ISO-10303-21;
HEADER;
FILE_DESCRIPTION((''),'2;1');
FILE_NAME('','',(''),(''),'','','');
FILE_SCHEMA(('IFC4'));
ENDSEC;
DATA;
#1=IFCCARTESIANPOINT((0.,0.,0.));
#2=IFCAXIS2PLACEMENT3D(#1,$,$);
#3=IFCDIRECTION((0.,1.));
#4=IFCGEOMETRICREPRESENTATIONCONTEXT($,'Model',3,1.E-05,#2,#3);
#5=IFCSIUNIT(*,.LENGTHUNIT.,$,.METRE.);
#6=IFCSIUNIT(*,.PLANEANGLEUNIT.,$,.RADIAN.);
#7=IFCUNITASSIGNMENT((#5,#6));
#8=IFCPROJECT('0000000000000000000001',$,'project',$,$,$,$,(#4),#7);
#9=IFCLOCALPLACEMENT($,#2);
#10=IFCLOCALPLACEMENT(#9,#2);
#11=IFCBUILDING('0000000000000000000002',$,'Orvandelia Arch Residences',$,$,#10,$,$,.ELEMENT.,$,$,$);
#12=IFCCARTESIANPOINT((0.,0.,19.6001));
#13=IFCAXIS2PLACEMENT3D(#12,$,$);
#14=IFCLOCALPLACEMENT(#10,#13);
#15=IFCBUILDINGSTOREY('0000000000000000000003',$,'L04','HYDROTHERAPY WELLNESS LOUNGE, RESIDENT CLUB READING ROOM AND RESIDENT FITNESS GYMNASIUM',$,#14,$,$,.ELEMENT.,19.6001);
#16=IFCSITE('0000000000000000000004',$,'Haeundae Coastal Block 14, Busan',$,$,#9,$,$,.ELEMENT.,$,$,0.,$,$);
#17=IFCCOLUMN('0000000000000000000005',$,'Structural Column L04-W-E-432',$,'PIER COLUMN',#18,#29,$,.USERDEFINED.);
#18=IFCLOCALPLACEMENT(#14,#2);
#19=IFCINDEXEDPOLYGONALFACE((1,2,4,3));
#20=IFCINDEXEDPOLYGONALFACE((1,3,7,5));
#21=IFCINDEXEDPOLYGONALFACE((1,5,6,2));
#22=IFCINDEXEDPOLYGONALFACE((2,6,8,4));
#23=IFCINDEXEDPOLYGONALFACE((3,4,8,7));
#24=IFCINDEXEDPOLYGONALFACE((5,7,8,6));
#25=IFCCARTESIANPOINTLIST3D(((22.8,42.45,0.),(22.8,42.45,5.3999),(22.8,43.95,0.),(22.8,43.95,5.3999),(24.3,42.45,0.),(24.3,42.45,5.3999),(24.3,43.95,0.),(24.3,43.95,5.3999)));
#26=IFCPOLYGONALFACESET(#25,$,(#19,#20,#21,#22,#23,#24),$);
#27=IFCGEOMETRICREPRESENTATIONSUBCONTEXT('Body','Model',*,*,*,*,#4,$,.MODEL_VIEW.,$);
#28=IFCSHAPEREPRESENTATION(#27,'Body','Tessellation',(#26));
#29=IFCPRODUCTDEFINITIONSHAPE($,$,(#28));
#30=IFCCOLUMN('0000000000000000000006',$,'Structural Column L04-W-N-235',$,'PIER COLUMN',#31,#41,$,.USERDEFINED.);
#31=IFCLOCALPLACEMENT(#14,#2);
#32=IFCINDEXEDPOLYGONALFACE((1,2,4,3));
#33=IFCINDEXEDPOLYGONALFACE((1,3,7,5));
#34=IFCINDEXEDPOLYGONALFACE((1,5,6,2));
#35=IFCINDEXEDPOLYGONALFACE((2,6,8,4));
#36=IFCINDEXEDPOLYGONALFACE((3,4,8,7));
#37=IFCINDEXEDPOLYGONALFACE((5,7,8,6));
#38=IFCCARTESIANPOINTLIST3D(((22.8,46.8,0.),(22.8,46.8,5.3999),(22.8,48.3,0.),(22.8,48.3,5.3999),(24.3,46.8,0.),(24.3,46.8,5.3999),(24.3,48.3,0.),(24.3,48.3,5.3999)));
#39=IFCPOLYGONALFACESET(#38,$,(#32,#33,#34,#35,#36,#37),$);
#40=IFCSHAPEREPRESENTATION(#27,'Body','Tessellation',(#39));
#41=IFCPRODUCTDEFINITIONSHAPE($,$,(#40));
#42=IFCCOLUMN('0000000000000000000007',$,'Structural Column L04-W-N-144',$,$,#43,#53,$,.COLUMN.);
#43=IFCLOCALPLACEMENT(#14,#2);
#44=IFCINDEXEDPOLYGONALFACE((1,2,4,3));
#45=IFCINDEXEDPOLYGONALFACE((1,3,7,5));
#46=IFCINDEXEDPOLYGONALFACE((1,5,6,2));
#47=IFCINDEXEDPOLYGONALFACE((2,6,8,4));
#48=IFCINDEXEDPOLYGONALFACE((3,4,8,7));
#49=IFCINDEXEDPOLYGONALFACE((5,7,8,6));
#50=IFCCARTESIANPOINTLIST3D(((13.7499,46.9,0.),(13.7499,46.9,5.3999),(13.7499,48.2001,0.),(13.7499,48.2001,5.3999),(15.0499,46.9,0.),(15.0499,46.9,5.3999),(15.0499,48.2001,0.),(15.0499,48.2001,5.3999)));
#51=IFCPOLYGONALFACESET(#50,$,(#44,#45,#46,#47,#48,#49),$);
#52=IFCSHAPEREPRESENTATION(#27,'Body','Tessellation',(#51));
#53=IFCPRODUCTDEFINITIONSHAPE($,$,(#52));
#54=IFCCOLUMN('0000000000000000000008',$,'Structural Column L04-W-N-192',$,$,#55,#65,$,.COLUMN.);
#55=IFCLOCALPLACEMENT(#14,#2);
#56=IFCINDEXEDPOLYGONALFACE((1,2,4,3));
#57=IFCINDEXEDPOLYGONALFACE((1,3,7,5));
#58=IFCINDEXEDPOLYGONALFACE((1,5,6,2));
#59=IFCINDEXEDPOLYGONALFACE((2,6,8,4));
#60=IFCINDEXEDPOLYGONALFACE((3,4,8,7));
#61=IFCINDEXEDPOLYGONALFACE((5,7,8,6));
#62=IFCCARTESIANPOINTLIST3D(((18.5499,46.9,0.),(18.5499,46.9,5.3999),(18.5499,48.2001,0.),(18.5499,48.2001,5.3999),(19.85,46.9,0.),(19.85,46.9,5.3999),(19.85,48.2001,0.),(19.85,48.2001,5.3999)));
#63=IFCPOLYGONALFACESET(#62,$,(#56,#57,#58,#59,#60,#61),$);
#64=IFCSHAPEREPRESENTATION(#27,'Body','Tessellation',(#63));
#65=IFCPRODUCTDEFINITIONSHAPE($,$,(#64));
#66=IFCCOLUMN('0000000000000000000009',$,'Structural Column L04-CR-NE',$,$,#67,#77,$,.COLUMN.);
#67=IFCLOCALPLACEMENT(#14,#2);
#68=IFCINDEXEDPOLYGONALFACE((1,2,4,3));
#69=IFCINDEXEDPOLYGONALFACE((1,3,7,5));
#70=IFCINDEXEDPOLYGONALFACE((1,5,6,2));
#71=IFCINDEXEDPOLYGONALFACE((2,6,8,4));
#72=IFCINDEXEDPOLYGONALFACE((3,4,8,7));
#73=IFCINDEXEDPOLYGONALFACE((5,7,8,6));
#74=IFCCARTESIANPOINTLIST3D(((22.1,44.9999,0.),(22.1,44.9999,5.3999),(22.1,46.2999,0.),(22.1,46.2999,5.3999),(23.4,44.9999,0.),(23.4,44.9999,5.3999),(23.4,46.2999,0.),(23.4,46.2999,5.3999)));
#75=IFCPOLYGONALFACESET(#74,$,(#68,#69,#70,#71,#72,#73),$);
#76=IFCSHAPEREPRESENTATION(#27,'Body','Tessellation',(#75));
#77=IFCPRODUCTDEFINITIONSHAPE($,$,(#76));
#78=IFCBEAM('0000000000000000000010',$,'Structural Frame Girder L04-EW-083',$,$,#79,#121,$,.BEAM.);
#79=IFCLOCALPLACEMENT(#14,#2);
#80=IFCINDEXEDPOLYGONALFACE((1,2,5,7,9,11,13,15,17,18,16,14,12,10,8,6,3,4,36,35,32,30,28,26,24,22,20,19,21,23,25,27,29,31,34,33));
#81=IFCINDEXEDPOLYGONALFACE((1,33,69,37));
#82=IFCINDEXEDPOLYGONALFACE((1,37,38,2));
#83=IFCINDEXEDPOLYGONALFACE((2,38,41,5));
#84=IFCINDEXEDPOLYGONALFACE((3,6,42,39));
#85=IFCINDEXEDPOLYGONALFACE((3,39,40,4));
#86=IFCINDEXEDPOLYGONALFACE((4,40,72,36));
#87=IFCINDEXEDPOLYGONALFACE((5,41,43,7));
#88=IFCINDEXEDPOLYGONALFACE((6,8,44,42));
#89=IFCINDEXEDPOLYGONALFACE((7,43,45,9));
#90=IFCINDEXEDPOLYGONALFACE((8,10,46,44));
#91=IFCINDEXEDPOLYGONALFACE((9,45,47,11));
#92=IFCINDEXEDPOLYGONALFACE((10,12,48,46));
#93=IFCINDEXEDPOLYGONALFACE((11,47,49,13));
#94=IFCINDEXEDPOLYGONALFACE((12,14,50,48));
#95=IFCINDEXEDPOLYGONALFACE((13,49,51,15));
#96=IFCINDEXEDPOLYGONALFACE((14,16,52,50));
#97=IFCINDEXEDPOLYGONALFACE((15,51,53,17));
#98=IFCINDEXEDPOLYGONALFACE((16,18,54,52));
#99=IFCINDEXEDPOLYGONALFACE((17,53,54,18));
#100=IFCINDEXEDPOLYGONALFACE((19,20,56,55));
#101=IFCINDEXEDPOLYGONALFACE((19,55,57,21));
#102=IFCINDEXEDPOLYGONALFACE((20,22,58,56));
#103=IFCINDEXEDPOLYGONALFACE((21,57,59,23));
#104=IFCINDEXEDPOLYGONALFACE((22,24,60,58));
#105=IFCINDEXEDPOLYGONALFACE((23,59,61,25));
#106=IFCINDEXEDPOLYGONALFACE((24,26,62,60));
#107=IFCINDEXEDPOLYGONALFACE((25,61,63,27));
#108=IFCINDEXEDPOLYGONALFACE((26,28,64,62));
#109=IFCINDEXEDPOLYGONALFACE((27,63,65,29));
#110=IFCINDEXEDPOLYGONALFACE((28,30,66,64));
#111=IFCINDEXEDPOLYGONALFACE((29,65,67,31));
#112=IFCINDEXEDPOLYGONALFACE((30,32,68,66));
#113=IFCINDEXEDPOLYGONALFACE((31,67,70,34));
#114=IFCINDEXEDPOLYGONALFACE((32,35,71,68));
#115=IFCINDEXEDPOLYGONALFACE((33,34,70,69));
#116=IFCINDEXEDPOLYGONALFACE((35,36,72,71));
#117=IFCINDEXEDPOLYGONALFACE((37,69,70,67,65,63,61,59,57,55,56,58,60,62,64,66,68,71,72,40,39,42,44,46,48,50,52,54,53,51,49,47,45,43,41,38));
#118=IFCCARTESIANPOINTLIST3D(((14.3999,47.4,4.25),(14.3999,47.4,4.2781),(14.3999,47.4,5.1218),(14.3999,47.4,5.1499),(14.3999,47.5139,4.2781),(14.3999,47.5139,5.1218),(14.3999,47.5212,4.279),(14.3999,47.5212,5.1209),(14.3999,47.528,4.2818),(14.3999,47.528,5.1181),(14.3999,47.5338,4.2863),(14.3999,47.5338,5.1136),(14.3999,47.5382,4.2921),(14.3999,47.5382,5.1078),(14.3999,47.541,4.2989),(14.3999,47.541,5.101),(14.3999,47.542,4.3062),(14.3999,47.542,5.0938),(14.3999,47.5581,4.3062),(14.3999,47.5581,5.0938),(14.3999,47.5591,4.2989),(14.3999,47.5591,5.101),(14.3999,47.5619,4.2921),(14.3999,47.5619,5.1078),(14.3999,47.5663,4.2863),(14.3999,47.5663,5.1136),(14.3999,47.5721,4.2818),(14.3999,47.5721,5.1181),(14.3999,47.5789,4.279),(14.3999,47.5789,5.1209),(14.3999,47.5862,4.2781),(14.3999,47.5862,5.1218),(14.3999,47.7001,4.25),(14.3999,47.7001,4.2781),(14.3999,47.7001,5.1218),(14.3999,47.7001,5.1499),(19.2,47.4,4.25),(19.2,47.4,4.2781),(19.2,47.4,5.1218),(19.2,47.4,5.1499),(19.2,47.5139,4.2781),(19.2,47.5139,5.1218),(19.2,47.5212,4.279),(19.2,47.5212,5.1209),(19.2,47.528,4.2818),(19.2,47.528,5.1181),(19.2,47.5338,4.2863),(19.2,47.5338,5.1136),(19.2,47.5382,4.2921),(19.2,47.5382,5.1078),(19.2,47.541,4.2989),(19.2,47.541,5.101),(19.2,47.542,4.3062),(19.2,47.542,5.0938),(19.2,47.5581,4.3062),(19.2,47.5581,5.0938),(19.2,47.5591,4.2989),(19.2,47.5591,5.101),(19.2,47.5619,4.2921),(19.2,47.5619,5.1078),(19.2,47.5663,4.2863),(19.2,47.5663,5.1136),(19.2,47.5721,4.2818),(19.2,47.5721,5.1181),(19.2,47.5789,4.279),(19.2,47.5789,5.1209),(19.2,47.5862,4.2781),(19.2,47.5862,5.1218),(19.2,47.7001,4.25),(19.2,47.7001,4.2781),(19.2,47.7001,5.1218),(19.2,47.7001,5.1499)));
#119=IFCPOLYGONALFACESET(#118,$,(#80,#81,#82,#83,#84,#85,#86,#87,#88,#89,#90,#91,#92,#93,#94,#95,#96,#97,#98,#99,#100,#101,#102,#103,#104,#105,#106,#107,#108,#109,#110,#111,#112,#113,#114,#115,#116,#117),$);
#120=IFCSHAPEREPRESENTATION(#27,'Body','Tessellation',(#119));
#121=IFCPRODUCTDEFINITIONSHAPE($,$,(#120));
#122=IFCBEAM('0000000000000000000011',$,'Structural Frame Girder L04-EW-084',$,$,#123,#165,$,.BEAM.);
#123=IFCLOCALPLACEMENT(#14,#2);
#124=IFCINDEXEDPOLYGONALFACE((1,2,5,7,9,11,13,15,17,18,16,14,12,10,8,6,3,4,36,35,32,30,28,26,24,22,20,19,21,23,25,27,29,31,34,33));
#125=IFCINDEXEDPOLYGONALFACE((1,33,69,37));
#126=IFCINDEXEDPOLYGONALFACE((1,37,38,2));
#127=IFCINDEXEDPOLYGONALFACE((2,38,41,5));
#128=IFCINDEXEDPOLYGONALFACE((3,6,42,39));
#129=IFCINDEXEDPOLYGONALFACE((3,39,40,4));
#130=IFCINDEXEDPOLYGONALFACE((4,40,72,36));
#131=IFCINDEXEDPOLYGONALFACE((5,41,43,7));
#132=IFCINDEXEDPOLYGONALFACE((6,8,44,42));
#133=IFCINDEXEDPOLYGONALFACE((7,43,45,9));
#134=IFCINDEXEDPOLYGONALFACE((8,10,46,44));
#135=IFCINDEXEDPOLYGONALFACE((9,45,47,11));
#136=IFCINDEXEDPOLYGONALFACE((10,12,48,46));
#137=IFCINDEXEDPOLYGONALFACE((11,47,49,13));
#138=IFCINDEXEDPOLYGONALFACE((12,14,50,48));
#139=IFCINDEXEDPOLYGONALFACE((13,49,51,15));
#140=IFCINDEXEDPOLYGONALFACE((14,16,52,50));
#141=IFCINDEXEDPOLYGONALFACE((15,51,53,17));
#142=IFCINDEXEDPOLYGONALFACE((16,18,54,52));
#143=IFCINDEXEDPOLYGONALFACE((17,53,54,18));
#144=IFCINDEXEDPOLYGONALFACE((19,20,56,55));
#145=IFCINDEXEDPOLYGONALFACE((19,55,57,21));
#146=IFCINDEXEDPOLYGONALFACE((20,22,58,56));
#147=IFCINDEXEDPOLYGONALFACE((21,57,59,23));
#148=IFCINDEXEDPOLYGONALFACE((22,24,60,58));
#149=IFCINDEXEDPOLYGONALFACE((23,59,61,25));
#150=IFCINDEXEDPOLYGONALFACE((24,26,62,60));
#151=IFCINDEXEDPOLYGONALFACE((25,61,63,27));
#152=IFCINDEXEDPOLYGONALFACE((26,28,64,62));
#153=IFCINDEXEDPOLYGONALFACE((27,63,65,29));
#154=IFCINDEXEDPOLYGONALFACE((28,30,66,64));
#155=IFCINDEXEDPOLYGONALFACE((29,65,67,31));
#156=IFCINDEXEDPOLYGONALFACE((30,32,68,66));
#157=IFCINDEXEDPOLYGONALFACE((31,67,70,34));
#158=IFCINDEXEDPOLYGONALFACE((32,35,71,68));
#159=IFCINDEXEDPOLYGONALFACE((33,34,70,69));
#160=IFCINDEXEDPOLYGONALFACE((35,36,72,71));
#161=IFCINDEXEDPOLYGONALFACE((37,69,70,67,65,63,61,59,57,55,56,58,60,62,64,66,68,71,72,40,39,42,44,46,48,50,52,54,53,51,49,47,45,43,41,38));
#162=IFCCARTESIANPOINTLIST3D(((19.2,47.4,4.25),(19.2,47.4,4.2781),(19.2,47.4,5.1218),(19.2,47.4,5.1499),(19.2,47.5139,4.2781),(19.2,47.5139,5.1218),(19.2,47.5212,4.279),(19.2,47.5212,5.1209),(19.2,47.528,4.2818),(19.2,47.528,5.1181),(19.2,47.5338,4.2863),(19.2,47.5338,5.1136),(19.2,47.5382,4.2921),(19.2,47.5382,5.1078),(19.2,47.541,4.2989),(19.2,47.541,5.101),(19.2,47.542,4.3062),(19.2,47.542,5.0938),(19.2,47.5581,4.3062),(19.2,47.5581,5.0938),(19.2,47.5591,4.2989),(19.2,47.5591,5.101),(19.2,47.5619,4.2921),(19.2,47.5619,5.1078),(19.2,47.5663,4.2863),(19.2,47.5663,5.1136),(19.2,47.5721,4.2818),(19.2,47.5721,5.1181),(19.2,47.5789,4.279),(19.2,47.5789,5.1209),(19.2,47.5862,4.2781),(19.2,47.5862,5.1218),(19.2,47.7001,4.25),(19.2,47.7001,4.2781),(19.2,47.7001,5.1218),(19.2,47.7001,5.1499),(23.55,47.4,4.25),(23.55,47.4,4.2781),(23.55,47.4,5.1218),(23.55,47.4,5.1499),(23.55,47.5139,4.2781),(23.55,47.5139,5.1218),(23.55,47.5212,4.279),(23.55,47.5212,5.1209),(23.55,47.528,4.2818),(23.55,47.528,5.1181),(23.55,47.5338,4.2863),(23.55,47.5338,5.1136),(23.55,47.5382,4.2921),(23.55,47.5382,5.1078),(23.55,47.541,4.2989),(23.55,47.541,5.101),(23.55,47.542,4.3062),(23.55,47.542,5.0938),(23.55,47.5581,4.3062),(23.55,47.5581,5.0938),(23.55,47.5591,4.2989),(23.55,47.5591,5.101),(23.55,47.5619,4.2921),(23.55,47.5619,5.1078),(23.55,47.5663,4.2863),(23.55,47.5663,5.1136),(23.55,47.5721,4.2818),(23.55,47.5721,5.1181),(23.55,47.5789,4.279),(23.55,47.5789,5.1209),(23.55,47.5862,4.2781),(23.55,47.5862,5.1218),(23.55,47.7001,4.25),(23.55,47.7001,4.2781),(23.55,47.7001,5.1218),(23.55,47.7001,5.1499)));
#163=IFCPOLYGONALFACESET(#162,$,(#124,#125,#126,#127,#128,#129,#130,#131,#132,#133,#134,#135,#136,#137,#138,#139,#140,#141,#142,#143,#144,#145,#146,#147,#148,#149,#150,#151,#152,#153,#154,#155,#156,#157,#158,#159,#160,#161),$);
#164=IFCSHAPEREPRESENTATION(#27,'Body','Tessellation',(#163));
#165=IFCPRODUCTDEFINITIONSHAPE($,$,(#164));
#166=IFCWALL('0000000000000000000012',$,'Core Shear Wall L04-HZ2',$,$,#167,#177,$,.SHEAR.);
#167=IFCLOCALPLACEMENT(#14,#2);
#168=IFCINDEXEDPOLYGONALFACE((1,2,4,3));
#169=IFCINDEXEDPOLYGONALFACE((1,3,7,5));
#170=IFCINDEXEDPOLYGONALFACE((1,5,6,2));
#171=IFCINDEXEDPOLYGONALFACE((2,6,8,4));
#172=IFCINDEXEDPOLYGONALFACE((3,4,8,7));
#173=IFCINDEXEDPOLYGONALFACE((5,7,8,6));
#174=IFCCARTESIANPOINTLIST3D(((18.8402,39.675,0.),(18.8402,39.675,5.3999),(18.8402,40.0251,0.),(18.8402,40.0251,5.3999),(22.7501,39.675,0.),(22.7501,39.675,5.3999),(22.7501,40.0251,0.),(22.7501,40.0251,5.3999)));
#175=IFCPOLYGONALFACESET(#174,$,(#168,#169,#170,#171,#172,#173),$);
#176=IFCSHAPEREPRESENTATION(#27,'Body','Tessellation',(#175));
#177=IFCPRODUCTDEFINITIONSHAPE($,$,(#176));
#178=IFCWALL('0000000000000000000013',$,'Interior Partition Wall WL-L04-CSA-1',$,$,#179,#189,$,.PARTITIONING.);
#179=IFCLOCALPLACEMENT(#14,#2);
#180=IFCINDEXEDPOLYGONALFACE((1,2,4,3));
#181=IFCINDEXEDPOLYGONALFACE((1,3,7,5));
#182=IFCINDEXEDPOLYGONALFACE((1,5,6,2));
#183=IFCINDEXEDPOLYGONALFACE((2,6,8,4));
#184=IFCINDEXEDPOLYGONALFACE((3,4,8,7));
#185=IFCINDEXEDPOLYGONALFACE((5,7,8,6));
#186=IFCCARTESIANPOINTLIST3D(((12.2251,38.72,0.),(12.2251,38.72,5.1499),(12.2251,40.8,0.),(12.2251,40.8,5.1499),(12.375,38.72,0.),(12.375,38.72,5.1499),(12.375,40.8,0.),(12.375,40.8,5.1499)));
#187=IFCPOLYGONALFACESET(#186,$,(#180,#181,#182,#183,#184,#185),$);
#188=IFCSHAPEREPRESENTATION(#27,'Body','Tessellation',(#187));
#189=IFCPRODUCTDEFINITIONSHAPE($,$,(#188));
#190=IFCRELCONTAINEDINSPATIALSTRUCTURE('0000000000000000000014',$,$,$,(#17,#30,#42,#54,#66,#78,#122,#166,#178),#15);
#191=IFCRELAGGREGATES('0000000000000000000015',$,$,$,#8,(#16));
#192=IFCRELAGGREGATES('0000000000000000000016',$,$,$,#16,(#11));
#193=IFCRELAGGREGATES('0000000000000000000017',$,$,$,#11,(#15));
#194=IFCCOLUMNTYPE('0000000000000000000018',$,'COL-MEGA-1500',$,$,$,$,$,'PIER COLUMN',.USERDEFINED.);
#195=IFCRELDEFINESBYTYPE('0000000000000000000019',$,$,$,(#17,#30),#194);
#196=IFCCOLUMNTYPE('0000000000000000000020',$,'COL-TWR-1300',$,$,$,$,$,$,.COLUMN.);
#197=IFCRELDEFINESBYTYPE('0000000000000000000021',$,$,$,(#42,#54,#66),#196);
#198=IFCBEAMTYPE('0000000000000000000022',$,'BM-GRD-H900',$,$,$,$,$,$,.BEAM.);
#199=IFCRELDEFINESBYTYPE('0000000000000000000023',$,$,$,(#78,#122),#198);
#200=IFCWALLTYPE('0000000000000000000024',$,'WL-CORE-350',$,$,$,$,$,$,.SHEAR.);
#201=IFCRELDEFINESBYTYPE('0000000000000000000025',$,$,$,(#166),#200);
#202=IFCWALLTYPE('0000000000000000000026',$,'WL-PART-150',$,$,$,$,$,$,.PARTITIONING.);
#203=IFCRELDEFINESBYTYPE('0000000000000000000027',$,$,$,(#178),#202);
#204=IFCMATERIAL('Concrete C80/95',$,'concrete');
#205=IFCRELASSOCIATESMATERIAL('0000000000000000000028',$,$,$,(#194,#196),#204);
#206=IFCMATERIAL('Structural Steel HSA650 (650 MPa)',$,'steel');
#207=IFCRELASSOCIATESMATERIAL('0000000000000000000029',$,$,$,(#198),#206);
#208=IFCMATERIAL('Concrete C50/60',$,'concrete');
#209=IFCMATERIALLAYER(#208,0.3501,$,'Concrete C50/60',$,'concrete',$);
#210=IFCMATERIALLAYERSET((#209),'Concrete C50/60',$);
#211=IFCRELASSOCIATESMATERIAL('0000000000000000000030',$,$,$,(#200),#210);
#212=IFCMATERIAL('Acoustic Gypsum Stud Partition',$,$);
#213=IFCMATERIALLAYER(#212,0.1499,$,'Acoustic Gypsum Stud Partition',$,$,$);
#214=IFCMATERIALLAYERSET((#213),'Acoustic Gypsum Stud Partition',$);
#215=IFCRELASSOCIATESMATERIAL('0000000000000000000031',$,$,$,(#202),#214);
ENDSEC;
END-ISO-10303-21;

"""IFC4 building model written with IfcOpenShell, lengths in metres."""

from ifc_helpers import new_model, si_unit, direction, frame, frame_2d, origin, origin_2d, place, context, subcontext, project, spatial, rectangle, i_section, extrude, material, layer, layer_set, material_profile, profile_set, type_object, element, save


model = new_model("IFC4")

# Units and contexts
model_context = context("Model", 3, precision=1e-05, world=origin(), true_north=direction((0.0, 1.0)))
body_context = subcontext(model_context, "Body", "Model", "MODEL_VIEW")
ifc_project = project(units=[si_unit("LENGTHUNIT", "METRE"), si_unit("PLANEANGLEUNIT", "RADIAN")], contexts=[model_context])

# Site, building, storey
site_placement = place(None, origin())
site = spatial("IfcSite", under=ifc_project, at=site_placement, Name="Haeundae Coastal Block 14, Busan", CompositionType="ELEMENT", RefElevation=0.0)
building_placement = place(site_placement, origin())
building = spatial("IfcBuilding", under=site, at=building_placement, Name="Orvandelia Arch Residences", CompositionType="ELEMENT")
storey_placement = place(building_placement, frame((0.0, 0.0, 19.6001)))
storey = spatial("IfcBuildingStorey", under=building, at=storey_placement, Name="L04", Description="HYDROTHERAPY WELLNESS LOUNGE, RESIDENT CLUB READING ROOM AND RESIDENT FITNESS GYMNASIUM", CompositionType="ELEMENT", Elevation=19.6001)

# Columns
ifc_material_1 = material(Name="Concrete C80/95", Category="concrete")
ifc_material_profile_1 = material_profile(ifc_material_1, rectangle(XDim=1.5, YDim=1.5, at=origin_2d()), Name="Concrete C80/95", Category="concrete")
ifc_profile_set_1 = profile_set([ifc_material_profile_1], Name="Concrete C80/95")
column_type_1 = type_object("IfcColumnType", Name="COL-MEGA-1500", ElementType="PIER COLUMN", PredefinedType="USERDEFINED", material=ifc_profile_set_1)
for number, where, z_axis, x_axis, name in (
    (1, (23.55, 43.2, 0.0), (0.0, 0.0, 1.0), (1.0, 0.0, 0.0), "Structural Column L04-W-E-432"),
    (2, (23.55, 47.55, 0.0), (0.0, 0.0, 1.0), (1.0, 0.0, 0.0), "Structural Column L04-W-N-235"),
):
    element("IfcColumn", number, at=place(storey_placement, frame(where, z_axis=z_axis, x_axis=x_axis)), inside=storey, type_object=column_type_1, Name=name, ObjectType="PIER COLUMN", PredefinedType="USERDEFINED", context=body_context, shape_type="SweptSolid", body=[
        extrude(rectangle(XDim=1.5, YDim=1.5, at=origin_2d()), origin(), (0.0, 0.0, 1.0), 5.3999),
    ])
ifc_material_profile_2 = material_profile(ifc_material_1, rectangle(XDim=1.3, YDim=1.3, at=origin_2d()), Name="Concrete C80/95", Category="concrete")
ifc_profile_set_2 = profile_set([ifc_material_profile_2], Name="Concrete C80/95")
column_type_2 = type_object("IfcColumnType", Name="COL-TWR-1300", PredefinedType="COLUMN", material=ifc_profile_set_2)
for number, where, z_axis, x_axis, name in (
    (3, (14.3999, 47.55, 0.0), (0.0, 0.0, 1.0), (1.0, 0.0, 0.0), "Structural Column L04-W-N-144"),
    (4, (19.2, 47.55, 0.0), (0.0, 0.0, 1.0), (1.0, 0.0, 0.0), "Structural Column L04-W-N-192"),
    (5, (22.75, 45.6499, 0.0), (0.0, 0.0, 1.0), (1.0, 0.0, 0.0), "Structural Column L04-CR-NE"),
):
    element("IfcColumn", number, at=place(storey_placement, frame(where, z_axis=z_axis, x_axis=x_axis)), inside=storey, type_object=column_type_2, Name=name, PredefinedType="COLUMN", context=body_context, shape_type="SweptSolid", body=[
        extrude(rectangle(XDim=1.3, YDim=1.3, at=origin_2d()), origin(), (0.0, 0.0, 1.0), 5.3999),
    ])

# Beams
ifc_material_2 = material(Name="Structural Steel HSA650 (650 MPa)", Category="steel")
ifc_material_profile_3 = material_profile(ifc_material_2, i_section(OverallWidth=0.3, OverallDepth=0.8999, WebThickness=0.0161, FlangeThickness=0.0281, FilletRadius=0.0281, at=origin_2d()), Name="Structural Steel HSA650 (650 MPa)", Category="steel")
ifc_profile_set_3 = profile_set([ifc_material_profile_3], Name="Structural Steel HSA650 (650 MPa)")
beam_type = type_object("IfcBeamType", Name="BM-GRD-H900", PredefinedType="BEAM", material=ifc_profile_set_3)
beam_1_placement = place(storey_placement, frame((14.3999, 47.55, 4.7), z_axis=(1.0, 0.0, 0.0), x_axis=(0.0, 1.0, 0.0)))
element("IfcBeam", 6, at=beam_1_placement, inside=storey, type_object=beam_type, Name="Structural Frame Girder L04-EW-083", PredefinedType="BEAM", context=body_context, shape_type="SweptSolid", body=[
    extrude(i_section(OverallWidth=0.3, OverallDepth=0.8999, WebThickness=0.0161, FlangeThickness=0.0281, FilletRadius=0.0281, at=origin_2d()), origin(), (0.0, 0.0, 1.0), 4.8),
])
beam_2_placement = place(storey_placement, frame((19.2, 47.55, 4.7), z_axis=(1.0, 0.0, 0.0), x_axis=(0.0, 1.0, 0.0)))
element("IfcBeam", 7, at=beam_2_placement, inside=storey, type_object=beam_type, Name="Structural Frame Girder L04-EW-084", PredefinedType="BEAM", context=body_context, shape_type="SweptSolid", body=[
    extrude(i_section(OverallWidth=0.3, OverallDepth=0.8999, WebThickness=0.0161, FlangeThickness=0.0281, FilletRadius=0.0281, at=origin_2d()), origin(), (0.0, 0.0, 1.0), 4.3501),
])

# Walls
ifc_material_3 = material(Name="Concrete C50/60", Category="concrete")
ifc_layer_1 = layer(ifc_material_3, 0.3501, Name="Concrete C50/60", Category="concrete")
ifc_layer_set_1 = layer_set([ifc_layer_1], Name="Concrete C50/60")
wall_type_1 = type_object("IfcWallType", Name="WL-CORE-350", PredefinedType="SHEAR", material=ifc_layer_set_1)
wall_1_placement = place(storey_placement, frame((18.8401, 39.8501, 0.0), z_axis=(0.0, 0.0, 1.0), x_axis=(1.0, 0.0, 0.0)))
element("IfcWall", 8, at=wall_1_placement, inside=storey, type_object=wall_type_1, Name="Core Shear Wall L04-HZ2", PredefinedType="SHEAR", context=body_context, shape_type="SweptSolid", body=[
    extrude(rectangle(XDim=3.9099, YDim=0.3501, at=frame_2d((1.9551, 0.0))), origin(), (0.0, 0.0, 1.0), 5.3999),
])
ifc_material_4 = material(Name="Acoustic Gypsum Stud Partition")
ifc_layer_2 = layer(ifc_material_4, 0.1499, Name="Acoustic Gypsum Stud Partition")
ifc_layer_set_2 = layer_set([ifc_layer_2], Name="Acoustic Gypsum Stud Partition")
wall_type_2 = type_object("IfcWallType", Name="WL-PART-150", PredefinedType="PARTITIONING", material=ifc_layer_set_2)
for number, where, z_axis, x_axis, name in (
    (9, (12.3, 38.72, 0.0), (0.0, 0.0, 1.0), (0.0, 1.0, 0.0), "Interior Partition Wall WL-L04-CSA-1"),
):
    element("IfcWall", number, at=place(storey_placement, frame(where, z_axis=z_axis, x_axis=x_axis)), inside=storey, type_object=wall_type_2, Name=name, PredefinedType="PARTITIONING", context=body_context, shape_type="SweptSolid", body=[
        extrude(rectangle(XDim=2.0801, YDim=0.1499, at=frame_2d((1.04, 0.0))), origin(), (0.0, 0.0, 1.0), 5.1499),
    ])

save(model, "model.ifc")
